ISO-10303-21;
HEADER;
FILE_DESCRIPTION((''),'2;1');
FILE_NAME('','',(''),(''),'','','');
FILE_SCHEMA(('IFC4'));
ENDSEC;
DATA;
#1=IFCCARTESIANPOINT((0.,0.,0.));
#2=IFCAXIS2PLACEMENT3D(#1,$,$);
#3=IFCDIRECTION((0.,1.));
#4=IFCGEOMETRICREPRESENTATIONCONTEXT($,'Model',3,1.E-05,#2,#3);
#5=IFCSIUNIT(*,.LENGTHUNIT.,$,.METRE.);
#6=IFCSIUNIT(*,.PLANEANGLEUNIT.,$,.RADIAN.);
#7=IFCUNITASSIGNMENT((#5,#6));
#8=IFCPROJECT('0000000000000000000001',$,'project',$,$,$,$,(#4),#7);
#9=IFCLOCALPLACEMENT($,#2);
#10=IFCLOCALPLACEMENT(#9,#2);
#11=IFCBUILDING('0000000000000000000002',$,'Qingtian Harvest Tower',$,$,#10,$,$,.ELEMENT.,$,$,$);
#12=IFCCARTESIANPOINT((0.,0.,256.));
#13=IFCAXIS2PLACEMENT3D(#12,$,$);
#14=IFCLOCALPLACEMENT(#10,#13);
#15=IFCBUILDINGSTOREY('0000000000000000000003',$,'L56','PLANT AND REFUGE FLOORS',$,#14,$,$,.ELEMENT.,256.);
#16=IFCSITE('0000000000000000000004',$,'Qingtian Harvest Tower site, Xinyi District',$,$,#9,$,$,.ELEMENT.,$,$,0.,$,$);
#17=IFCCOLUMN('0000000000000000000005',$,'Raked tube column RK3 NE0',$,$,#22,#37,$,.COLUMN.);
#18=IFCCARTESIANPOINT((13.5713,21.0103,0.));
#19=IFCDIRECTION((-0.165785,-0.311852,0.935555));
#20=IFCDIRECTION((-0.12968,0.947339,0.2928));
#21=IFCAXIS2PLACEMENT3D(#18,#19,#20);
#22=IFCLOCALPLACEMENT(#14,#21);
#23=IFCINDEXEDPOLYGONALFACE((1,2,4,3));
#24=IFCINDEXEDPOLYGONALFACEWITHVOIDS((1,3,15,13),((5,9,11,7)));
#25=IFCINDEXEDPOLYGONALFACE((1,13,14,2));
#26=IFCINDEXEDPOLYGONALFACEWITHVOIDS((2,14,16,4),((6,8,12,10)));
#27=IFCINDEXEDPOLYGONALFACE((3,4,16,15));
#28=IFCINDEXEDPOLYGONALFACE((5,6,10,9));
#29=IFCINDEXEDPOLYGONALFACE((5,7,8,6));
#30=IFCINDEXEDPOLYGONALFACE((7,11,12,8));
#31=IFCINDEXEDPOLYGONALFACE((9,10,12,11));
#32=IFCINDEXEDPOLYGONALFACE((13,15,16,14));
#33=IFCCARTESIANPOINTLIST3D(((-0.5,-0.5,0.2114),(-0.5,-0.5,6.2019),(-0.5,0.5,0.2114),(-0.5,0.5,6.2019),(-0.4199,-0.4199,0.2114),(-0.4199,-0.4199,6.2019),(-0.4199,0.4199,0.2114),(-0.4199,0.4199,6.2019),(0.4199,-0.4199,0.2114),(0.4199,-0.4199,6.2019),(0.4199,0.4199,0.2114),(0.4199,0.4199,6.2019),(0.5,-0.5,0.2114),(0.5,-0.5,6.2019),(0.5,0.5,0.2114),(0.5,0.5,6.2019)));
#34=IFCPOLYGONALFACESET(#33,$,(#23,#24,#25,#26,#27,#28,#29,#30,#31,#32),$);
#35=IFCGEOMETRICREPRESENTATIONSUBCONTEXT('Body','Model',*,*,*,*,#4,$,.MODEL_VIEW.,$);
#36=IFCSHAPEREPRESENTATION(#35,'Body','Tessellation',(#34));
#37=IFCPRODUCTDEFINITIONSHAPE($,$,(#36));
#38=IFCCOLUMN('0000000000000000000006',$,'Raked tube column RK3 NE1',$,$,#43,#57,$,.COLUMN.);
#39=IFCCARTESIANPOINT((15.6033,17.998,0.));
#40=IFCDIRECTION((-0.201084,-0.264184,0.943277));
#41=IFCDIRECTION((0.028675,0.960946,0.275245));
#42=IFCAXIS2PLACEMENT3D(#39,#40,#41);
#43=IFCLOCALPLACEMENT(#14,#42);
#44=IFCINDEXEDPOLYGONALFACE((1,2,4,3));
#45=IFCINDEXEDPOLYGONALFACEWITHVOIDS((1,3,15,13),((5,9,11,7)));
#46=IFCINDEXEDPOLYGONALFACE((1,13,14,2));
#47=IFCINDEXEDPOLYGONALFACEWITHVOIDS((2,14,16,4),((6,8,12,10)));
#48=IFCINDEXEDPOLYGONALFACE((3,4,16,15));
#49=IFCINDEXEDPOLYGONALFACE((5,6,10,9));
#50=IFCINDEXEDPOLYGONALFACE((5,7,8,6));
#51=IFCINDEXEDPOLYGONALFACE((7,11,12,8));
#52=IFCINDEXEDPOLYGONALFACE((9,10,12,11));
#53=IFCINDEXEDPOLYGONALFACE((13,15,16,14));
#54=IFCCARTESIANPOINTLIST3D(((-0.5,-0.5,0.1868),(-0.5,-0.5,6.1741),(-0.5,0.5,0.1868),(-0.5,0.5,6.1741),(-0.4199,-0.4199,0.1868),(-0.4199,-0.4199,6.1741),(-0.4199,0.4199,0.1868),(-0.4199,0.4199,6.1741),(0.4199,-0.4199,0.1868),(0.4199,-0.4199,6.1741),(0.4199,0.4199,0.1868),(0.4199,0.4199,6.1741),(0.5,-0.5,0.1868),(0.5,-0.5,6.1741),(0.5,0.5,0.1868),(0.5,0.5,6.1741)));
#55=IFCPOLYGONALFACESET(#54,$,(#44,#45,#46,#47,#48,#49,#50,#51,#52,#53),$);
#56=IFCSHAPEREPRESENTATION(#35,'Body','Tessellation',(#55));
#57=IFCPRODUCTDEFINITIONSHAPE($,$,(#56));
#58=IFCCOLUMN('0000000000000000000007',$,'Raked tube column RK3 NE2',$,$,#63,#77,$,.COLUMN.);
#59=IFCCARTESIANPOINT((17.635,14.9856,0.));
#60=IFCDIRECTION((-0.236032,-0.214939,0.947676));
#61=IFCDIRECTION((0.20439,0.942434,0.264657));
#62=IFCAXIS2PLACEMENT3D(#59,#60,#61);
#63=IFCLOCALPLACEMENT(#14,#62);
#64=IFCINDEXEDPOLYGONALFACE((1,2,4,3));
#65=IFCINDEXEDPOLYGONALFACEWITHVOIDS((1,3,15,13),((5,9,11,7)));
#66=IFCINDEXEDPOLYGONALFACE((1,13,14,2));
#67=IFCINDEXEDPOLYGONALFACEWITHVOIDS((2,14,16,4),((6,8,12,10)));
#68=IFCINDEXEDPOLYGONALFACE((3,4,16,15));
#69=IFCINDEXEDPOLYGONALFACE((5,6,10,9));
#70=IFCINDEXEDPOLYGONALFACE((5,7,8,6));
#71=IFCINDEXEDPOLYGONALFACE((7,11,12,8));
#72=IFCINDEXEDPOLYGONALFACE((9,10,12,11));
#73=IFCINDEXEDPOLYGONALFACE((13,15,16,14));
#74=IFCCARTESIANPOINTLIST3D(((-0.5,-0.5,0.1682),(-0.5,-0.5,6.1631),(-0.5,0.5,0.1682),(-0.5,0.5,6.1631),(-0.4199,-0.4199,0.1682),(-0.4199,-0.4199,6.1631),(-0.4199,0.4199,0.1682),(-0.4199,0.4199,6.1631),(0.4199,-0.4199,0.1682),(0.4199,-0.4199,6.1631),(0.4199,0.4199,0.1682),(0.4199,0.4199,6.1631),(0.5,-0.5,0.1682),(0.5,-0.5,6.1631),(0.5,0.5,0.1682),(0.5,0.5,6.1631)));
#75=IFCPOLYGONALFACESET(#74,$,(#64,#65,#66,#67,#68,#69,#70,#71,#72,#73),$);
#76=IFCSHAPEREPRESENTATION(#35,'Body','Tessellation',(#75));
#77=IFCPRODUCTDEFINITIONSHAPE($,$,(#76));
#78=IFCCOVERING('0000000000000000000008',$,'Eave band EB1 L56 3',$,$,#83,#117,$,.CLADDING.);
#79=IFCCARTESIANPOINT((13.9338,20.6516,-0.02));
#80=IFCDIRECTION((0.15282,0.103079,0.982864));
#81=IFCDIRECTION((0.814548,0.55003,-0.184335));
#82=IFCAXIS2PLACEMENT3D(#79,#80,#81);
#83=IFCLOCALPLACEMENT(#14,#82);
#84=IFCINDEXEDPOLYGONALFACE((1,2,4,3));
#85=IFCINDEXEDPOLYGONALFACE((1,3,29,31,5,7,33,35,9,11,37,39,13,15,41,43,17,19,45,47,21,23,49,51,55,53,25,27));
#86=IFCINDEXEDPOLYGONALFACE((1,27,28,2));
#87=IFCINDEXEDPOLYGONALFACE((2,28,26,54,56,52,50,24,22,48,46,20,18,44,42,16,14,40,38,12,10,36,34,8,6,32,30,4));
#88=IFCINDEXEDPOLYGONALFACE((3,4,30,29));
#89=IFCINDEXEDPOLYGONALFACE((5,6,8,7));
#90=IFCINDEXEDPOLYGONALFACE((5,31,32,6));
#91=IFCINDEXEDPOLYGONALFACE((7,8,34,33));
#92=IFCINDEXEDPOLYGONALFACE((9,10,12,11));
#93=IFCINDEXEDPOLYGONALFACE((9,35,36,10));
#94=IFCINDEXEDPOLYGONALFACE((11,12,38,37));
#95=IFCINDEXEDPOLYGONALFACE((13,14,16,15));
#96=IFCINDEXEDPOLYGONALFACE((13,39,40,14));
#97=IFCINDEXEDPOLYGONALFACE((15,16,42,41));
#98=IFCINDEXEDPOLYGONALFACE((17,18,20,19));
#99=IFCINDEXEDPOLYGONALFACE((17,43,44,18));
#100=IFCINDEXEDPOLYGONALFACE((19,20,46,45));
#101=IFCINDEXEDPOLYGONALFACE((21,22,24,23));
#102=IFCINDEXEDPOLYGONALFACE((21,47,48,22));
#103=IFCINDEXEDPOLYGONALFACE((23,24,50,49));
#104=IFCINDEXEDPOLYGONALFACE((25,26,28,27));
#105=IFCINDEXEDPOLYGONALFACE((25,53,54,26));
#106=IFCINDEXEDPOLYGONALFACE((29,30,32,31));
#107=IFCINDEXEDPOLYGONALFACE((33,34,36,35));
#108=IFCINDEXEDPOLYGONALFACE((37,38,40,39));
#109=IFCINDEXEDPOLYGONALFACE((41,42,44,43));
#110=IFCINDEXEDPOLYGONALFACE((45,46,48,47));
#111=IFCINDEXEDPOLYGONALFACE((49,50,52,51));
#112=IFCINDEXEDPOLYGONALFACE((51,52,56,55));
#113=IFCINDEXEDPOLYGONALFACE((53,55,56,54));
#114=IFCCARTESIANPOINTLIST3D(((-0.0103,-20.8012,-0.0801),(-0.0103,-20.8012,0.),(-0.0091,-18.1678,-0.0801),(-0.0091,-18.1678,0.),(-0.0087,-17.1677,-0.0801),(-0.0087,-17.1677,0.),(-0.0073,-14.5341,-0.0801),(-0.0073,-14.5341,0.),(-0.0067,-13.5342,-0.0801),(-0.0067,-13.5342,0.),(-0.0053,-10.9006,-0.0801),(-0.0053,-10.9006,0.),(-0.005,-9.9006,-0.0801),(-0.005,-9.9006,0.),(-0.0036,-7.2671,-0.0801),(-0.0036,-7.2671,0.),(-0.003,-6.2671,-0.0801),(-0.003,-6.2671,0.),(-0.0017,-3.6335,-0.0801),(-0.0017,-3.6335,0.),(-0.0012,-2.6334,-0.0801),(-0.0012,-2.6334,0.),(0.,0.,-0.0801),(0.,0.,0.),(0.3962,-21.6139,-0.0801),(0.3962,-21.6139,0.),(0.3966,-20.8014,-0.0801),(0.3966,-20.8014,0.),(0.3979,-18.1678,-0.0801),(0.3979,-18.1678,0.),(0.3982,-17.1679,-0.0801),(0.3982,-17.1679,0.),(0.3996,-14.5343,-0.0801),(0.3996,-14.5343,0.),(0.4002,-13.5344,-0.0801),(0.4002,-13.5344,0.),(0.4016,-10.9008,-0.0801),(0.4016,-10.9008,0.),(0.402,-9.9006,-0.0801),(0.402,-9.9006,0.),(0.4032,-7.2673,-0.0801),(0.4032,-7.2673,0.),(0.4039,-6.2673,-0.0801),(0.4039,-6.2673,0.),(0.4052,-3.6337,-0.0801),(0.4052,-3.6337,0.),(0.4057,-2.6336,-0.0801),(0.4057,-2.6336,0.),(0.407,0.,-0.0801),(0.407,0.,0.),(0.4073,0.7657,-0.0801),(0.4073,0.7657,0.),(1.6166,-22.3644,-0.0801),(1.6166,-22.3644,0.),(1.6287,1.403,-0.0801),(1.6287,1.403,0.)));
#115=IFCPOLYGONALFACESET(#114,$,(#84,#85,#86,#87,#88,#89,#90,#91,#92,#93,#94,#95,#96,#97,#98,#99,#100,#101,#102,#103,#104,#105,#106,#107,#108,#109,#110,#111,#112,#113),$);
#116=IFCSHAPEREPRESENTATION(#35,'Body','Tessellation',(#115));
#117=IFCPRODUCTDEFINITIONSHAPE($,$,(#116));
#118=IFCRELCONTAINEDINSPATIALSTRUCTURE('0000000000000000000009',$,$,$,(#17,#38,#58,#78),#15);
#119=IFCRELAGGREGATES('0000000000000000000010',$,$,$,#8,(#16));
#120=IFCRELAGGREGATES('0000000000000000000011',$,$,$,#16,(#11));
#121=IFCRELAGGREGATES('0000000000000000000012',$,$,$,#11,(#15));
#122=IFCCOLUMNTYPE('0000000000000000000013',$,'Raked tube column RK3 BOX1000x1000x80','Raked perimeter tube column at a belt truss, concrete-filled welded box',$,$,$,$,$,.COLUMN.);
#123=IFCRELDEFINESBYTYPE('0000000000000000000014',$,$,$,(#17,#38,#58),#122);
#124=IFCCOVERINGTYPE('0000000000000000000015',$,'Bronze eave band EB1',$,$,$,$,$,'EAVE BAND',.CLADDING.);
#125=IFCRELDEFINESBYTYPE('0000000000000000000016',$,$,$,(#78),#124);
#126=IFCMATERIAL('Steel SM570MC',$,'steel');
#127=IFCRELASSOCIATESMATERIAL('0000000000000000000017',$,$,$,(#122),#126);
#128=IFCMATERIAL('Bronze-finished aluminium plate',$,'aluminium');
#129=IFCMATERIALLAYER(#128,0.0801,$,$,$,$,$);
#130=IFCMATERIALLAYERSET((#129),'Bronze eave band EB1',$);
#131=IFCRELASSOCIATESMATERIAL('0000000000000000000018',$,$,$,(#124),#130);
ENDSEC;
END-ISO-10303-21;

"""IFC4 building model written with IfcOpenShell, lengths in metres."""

from ifc_helpers import new_model, si_unit, direction, frame, origin, origin_2d, place, context, subcontext, project, spatial, polyline, hollow_rectangle, outline, extrude, clip, halfspace, material, layer, layer_set, material_profile, profile_set, type_object, element, save


model = new_model("IFC4")

# Units and contexts
model_context = context("Model", 3, precision=1e-05, world=origin(), true_north=direction((0.0, 1.0)))
body_context = subcontext(model_context, "Body", "Model", "MODEL_VIEW")
ifc_project = project(units=[si_unit("LENGTHUNIT", "METRE"), si_unit("PLANEANGLEUNIT", "RADIAN")], contexts=[model_context])

# Site, building, storey
site_placement = place(None, origin())
site = spatial("IfcSite", under=ifc_project, at=site_placement, Name="Qingtian Harvest Tower site, Xinyi District", CompositionType="ELEMENT", RefElevation=0.0)
building_placement = place(site_placement, origin())
building = spatial("IfcBuilding", under=site, at=building_placement, Name="Qingtian Harvest Tower", CompositionType="ELEMENT")
storey_placement = place(building_placement, frame((0.0, 0.0, 256.0)))
storey = spatial("IfcBuildingStorey", under=building, at=storey_placement, Name="L56", Description="PLANT AND REFUGE FLOORS", CompositionType="ELEMENT", Elevation=256.0)

# Columns
ifc_material_1 = material(Name="Steel SM570MC", Category="steel")
ifc_material_profile_1 = material_profile(ifc_material_1, hollow_rectangle(XDim=1.0, YDim=1.0, WallThickness=0.0801, at=origin_2d()), Name="BOX1000x1000x80")
ifc_profile_set_1 = profile_set([ifc_material_profile_1], Name="Steel SM570MC")
column_type = type_object("IfcColumnType", Name="Raked tube column RK3 BOX1000x1000x80", Description="Raked perimeter tube column at a belt truss, concrete-filled welded box", PredefinedType="COLUMN", material=ifc_profile_set_1)
column_1_placement = place(storey_placement, frame((13.5713, 21.0103, 0.0), z_axis=(-0.165785, -0.311852, 0.935555), x_axis=(-0.12968, 0.947339, 0.2928)))
element("IfcColumn", 1, at=column_1_placement, inside=storey, type_object=column_type, Name="Raked tube column RK3 NE0", PredefinedType="COLUMN", context=body_context, shape_type="Clipping", body=[
    clip(clip(extrude(hollow_rectangle(XDim=1.0, YDim=1.0, WallThickness=0.0801, at=origin_2d()), origin(), (0.0, 0.0, 1.0), 6.4133), halfspace(frame((0.0, 0.0, 0.2114), z_axis=(0.0, 0.0, -1.0), x_axis=(0.0, -1.0, 0.0)), False)), halfspace(frame((0.0, 0.0, 6.2019), z_axis=(0.0, 0.0, 1.0), x_axis=(0.0, 1.0, 0.0)), False)),
])
column_2_placement = place(storey_placement, frame((15.6033, 17.998, 0.0), z_axis=(-0.201084, -0.264184, 0.943277), x_axis=(0.028675, 0.960946, 0.275245)))
element("IfcColumn", 2, at=column_2_placement, inside=storey, type_object=column_type, Name="Raked tube column RK3 NE1", PredefinedType="COLUMN", context=body_context, shape_type="Clipping", body=[
    clip(clip(extrude(hollow_rectangle(XDim=1.0, YDim=1.0, WallThickness=0.0801, at=origin_2d()), origin(), (0.0, 0.0, 1.0), 6.3608), halfspace(frame((0.0, 0.0, 0.1868), z_axis=(0.0, 0.0, -1.0), x_axis=(0.0, -1.0, 0.0)), False)), halfspace(frame((0.0, 0.0, 6.1741), z_axis=(0.0, 0.0, 1.0), x_axis=(0.0, 1.0, 0.0)), False)),
])
column_3_placement = place(storey_placement, frame((17.635, 14.9856, 0.0), z_axis=(-0.236032, -0.214939, 0.947676), x_axis=(0.20439, 0.942434, 0.264657)))
element("IfcColumn", 3, at=column_3_placement, inside=storey, type_object=column_type, Name="Raked tube column RK3 NE2", PredefinedType="COLUMN", context=body_context, shape_type="Clipping", body=[
    clip(clip(extrude(hollow_rectangle(XDim=1.0, YDim=1.0, WallThickness=0.0801, at=origin_2d()), origin(), (0.0, 0.0, 1.0), 6.3313), halfspace(frame((0.0, 0.0, 0.1682), z_axis=(0.0, 0.0, -1.0), x_axis=(0.0, -1.0, 0.0)), False)), halfspace(frame((0.0, 0.0, 6.1631), z_axis=(0.0, 0.0, 1.0), x_axis=(0.0, 1.0, 0.0)), False)),
])

# Covering
ifc_material_2 = material(Name="Bronze-finished aluminium plate", Category="aluminium")
ifc_layer_1 = layer(ifc_material_2, 0.0801)
ifc_layer_set_1 = layer_set([ifc_layer_1], Name="Bronze eave band EB1")
covering_type = type_object("IfcCoveringType", Name="Bronze eave band EB1", ElementType="EAVE BAND", PredefinedType="CLADDING", material=ifc_layer_set_1)
covering_1_placement = place(storey_placement, frame((13.9338, 20.6516, -0.02), z_axis=(0.15282, 0.103079, 0.982864), x_axis=(0.814548, 0.55003, -0.184335)))
element("IfcCovering", 4, at=covering_1_placement, inside=storey, type_object=covering_type, Name="Eave band EB1 L56 3", PredefinedType="CLADDING", context=body_context, shape_type="SweptSolid", body=[
    extrude(outline(polyline([(0.0, 0.0), (0.407, 0.0), (0.4073, 0.7657), (1.6287, 1.403), (1.6166, -22.3644), (0.3962, -21.6139), (0.3966, -20.8014), (-0.0103, -20.8012), (-0.0091, -18.1678), (0.3979, -18.1678), (0.3982, -17.1679), (-0.0087, -17.1677), (-0.0073, -14.5341), (0.3996, -14.5343), (0.4002, -13.5344), (-0.0067, -13.5342), (-0.0053, -10.9006), (0.4016, -10.9008), (0.402, -9.9006), (-0.005, -9.9006), (-0.0036, -7.2671), (0.4032, -7.2673), (0.4039, -6.2673), (-0.003, -6.2671), (-0.0017, -3.6335), (0.4052, -3.6337), (0.4057, -2.6336), (-0.0012, -2.6334), (0.0, 0.0)])), origin(), (0.0, 0.0, -1.0), 0.0801),
])

save(model, "model.ifc")
